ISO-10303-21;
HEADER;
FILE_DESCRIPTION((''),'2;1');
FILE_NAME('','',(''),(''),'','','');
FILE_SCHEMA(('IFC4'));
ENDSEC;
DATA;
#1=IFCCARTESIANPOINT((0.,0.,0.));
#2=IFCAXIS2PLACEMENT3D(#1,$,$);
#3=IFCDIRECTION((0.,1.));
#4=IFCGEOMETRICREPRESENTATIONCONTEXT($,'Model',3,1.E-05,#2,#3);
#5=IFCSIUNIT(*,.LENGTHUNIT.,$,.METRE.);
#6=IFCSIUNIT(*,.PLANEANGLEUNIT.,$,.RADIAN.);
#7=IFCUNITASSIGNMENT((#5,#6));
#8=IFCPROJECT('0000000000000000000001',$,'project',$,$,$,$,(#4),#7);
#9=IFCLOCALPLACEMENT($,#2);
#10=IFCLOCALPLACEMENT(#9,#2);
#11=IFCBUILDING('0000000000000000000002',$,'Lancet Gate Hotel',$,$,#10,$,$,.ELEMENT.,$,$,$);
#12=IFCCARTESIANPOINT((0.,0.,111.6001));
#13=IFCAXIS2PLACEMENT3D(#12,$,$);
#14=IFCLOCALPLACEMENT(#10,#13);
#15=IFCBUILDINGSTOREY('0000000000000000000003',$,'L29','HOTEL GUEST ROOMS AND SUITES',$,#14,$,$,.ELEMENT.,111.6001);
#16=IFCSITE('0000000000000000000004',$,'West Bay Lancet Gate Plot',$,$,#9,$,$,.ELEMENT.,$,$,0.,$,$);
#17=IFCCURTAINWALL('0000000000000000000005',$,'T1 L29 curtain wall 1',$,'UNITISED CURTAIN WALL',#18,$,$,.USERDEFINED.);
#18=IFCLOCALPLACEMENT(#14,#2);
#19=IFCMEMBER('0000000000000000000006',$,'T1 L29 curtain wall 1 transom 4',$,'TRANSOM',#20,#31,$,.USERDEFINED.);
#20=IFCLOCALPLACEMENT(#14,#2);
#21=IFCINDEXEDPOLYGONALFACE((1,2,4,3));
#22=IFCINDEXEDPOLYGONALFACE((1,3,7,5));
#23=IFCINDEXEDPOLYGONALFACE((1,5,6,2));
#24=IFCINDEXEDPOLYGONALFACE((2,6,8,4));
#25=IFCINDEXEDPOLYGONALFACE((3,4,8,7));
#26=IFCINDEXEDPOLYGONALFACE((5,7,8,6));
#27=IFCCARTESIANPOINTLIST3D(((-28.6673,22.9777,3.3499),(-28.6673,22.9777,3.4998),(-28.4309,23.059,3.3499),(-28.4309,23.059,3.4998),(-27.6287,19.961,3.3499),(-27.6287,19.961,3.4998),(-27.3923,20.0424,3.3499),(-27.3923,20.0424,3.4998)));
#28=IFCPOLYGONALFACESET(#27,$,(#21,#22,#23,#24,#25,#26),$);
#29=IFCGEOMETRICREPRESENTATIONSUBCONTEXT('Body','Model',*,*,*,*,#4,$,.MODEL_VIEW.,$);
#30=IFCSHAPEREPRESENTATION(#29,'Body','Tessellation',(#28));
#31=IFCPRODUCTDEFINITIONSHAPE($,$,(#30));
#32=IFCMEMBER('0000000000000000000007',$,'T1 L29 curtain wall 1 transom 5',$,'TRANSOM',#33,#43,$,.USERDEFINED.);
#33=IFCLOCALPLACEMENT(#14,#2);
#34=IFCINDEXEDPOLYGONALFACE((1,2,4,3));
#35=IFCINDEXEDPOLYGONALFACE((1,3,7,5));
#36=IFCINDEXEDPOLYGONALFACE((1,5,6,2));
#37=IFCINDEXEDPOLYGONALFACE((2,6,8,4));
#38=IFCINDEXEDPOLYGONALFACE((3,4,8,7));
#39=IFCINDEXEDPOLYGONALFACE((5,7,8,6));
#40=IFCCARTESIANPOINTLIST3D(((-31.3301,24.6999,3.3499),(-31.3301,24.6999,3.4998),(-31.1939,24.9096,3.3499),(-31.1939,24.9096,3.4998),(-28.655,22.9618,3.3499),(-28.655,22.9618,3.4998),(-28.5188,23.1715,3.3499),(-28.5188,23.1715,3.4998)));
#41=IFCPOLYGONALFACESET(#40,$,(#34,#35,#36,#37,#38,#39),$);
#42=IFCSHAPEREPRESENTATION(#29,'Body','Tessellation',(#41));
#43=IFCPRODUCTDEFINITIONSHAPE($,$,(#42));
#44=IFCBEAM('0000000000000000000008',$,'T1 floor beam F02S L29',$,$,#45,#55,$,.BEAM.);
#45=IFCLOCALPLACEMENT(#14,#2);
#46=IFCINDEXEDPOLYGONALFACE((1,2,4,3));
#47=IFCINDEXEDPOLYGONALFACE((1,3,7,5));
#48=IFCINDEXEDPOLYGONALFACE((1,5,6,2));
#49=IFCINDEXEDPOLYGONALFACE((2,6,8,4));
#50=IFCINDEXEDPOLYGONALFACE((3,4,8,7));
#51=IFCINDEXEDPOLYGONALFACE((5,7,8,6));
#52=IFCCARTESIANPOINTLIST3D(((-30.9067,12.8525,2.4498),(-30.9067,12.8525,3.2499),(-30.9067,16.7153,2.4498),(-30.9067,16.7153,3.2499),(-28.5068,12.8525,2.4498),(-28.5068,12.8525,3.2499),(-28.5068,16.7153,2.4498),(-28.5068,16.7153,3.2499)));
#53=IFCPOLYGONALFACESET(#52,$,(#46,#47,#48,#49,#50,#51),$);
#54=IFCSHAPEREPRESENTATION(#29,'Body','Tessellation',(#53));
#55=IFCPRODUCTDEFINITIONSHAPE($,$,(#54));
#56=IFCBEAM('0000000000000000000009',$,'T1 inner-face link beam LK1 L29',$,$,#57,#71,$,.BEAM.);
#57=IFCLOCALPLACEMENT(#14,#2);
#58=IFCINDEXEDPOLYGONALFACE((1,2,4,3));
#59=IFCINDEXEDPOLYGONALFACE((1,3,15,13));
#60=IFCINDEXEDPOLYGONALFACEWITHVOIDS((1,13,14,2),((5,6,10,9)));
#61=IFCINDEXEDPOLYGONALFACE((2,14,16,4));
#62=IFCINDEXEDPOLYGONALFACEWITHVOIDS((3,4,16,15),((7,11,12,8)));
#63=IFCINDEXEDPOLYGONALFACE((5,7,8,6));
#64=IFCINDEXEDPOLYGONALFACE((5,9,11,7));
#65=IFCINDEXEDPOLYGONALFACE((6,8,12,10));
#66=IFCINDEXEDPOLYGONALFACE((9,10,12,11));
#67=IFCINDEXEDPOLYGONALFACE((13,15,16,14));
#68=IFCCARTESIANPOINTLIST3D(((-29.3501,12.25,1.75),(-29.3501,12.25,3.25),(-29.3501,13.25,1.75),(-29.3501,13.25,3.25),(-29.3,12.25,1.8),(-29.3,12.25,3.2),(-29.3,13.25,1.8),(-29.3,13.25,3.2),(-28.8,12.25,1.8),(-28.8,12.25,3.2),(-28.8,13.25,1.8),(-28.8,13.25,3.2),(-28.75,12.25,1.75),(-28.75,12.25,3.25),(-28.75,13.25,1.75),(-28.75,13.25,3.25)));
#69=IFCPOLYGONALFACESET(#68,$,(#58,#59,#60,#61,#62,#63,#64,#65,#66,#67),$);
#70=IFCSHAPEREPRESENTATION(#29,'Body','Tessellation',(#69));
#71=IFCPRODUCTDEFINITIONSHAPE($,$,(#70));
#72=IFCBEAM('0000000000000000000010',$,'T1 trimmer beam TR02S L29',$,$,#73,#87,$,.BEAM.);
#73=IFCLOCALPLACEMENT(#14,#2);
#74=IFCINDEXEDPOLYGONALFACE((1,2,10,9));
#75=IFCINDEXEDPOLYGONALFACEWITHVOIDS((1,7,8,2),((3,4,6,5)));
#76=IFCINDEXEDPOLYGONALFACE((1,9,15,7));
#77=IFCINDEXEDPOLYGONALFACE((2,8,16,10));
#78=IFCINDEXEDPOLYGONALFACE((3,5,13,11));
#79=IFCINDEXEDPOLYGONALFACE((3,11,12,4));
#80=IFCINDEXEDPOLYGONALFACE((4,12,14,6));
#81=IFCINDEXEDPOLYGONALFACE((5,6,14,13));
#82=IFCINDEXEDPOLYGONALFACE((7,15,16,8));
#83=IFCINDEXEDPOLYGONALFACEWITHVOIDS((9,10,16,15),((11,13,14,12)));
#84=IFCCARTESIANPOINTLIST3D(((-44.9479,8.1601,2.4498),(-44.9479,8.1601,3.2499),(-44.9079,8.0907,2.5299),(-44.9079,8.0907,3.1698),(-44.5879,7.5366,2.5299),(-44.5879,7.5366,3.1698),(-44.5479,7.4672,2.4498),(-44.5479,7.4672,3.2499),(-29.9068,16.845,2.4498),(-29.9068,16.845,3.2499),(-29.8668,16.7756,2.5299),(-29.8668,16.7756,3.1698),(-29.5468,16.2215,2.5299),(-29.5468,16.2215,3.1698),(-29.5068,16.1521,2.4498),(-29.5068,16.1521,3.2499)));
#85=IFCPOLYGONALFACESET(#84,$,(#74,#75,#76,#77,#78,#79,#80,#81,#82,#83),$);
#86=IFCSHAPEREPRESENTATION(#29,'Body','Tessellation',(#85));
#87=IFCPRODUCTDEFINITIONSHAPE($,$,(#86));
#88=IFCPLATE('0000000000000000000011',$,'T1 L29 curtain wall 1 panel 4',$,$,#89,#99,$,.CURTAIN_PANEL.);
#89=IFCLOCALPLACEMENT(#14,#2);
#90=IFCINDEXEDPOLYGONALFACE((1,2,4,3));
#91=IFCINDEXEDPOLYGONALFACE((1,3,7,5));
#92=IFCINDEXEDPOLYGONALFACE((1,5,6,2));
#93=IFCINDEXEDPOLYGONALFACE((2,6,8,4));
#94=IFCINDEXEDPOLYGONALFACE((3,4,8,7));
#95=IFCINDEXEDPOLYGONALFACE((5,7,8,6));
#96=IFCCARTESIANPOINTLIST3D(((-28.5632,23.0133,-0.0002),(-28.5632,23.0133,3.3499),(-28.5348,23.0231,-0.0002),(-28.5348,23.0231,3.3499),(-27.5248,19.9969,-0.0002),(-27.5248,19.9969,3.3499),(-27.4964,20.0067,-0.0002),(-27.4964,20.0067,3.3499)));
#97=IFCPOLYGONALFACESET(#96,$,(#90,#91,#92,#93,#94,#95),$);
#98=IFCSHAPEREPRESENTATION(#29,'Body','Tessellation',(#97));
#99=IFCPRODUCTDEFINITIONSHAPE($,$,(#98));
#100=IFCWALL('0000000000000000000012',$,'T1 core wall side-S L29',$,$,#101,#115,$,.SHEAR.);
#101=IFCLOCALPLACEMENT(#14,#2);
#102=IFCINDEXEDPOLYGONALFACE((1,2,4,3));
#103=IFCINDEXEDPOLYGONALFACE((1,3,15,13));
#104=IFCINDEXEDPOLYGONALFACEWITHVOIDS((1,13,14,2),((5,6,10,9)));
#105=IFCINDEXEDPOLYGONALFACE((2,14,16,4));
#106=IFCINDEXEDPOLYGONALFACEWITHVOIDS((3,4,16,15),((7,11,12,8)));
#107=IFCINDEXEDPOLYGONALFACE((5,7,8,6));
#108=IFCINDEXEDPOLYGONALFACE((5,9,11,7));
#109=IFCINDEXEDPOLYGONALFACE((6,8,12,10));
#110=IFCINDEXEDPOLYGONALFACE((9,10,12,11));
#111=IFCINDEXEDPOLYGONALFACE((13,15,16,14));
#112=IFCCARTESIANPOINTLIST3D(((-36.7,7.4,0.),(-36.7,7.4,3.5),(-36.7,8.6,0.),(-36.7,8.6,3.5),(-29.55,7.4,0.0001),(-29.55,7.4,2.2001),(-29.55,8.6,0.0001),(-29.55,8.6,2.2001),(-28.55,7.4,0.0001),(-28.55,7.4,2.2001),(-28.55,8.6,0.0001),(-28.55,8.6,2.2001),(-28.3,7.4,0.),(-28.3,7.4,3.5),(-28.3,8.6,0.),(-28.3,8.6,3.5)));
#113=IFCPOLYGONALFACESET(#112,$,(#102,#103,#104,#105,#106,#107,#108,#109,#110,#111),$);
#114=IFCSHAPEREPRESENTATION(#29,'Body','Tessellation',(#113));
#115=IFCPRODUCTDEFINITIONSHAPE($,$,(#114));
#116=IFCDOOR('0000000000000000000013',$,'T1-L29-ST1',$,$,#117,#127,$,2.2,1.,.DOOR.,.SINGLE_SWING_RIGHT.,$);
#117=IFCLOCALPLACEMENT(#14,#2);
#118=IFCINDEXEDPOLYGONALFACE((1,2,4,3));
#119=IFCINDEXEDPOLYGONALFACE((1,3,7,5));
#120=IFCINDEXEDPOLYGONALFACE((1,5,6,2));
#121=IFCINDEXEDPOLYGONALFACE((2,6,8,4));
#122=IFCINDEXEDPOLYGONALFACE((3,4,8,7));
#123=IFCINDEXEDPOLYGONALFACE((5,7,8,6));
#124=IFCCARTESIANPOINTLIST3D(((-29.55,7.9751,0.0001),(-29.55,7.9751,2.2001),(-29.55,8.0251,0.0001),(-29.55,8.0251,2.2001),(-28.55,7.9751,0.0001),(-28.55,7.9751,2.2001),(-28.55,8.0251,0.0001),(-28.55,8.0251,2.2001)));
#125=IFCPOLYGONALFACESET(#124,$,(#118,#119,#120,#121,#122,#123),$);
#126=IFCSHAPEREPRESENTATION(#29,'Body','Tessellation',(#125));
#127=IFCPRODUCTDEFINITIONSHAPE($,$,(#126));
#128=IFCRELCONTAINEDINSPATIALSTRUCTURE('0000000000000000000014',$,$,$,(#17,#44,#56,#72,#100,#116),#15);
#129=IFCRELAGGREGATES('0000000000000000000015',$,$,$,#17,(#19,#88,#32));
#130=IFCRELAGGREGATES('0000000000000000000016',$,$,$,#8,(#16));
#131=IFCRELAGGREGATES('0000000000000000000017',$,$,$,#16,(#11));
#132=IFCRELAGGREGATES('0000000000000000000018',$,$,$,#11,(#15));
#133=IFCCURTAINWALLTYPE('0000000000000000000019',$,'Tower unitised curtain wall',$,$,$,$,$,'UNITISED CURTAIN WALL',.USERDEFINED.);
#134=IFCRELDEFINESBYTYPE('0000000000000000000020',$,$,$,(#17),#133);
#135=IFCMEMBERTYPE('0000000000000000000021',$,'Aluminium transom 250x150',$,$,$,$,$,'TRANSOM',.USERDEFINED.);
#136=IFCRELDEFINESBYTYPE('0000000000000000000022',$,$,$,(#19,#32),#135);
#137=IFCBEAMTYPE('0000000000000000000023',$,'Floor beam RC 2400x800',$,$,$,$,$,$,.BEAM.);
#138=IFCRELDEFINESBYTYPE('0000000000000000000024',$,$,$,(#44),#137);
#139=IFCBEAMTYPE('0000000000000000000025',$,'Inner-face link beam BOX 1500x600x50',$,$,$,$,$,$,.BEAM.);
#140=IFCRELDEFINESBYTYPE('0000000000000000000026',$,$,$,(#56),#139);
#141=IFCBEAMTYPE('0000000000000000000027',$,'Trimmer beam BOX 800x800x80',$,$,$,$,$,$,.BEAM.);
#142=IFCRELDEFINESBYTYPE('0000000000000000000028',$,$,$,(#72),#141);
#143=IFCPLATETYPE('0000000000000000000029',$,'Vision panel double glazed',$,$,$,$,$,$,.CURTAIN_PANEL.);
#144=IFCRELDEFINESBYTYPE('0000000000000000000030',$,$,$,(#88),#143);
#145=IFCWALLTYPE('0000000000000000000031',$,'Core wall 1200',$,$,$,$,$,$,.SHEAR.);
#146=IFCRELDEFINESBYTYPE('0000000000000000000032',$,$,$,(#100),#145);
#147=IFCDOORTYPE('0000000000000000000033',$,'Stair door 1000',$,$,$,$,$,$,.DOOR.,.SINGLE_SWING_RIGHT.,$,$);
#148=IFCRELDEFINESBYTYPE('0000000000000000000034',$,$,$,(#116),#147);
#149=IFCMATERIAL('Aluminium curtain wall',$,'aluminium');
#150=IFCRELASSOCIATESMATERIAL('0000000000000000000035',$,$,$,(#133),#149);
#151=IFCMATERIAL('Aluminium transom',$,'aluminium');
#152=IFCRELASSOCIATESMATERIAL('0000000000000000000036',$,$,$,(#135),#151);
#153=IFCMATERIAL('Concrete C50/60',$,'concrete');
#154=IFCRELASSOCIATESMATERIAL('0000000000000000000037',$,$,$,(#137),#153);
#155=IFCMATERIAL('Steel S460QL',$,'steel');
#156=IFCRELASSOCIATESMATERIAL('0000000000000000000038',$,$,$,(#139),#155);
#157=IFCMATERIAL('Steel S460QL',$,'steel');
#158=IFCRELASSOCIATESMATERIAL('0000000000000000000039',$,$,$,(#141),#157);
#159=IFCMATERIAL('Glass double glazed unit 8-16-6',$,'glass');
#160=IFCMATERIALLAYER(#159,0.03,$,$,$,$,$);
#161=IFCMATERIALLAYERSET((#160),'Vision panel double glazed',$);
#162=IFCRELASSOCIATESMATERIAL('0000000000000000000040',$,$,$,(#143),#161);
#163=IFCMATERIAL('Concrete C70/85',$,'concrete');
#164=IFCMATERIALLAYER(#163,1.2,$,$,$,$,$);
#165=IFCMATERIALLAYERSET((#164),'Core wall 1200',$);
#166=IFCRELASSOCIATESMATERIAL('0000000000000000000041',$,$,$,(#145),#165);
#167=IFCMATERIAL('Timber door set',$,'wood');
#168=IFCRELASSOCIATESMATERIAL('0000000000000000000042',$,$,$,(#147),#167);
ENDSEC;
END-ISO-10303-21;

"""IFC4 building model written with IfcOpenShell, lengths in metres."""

from ifc_helpers import new_model, si_unit, direction, frame, frame_2d, origin, origin_2d, place, context, subcontext, project, spatial, rectangle, hollow_rectangle, extrude, material, layer, layer_set, material_profile, profile_set, type_object, element, fill, aggregate, save


model = new_model("IFC4")

# Units and contexts
model_context = context("Model", 3, precision=1e-05, world=origin(), true_north=direction((0.0, 1.0)))
body_context = subcontext(model_context, "Body", "Model", "MODEL_VIEW")
ifc_project = project(units=[si_unit("LENGTHUNIT", "METRE"), si_unit("PLANEANGLEUNIT", "RADIAN")], contexts=[model_context])

# Site, building, storey
site_placement = place(None, origin())
site = spatial("IfcSite", under=ifc_project, at=site_placement, Name="West Bay Lancet Gate Plot", CompositionType="ELEMENT", RefElevation=0.0)
building_placement = place(site_placement, origin())
building = spatial("IfcBuilding", under=site, at=building_placement, Name="Lancet Gate Hotel", CompositionType="ELEMENT")
storey_placement = place(building_placement, frame((0.0, 0.0, 111.6001)))
storey = spatial("IfcBuildingStorey", under=building, at=storey_placement, Name="L29", Description="HOTEL GUEST ROOMS AND SUITES", CompositionType="ELEMENT", Elevation=111.6001)

# Curtain wall, members
ifc_material_1 = material(Name="Aluminium curtain wall", Category="aluminium")
curtain_wall_type = type_object("IfcCurtainWallType", Name="Tower unitised curtain wall", ElementType="UNITISED CURTAIN WALL", PredefinedType="USERDEFINED", material=ifc_material_1)
curtain_wall_placement = place(storey_placement, origin())
curtain_wall = element("IfcCurtainWall", 1, at=curtain_wall_placement, inside=storey, type_object=curtain_wall_type, Name="T1 L29 curtain wall 1", ObjectType="UNITISED CURTAIN WALL", PredefinedType="USERDEFINED")
ifc_material_2 = material(Name="Aluminium transom", Category="aluminium")
ifc_material_profile_1 = material_profile(ifc_material_2, rectangle(XDim=0.25, YDim=0.1499, at=origin_2d()), Name="TRANSOM 250x150")
ifc_profile_set_1 = profile_set([ifc_material_profile_1], Name="Aluminium transom")
member_type_1 = type_object("IfcMemberType", Name="Aluminium transom 250x150", ElementType="TRANSOM", PredefinedType="USERDEFINED", material=ifc_profile_set_1)
member_1_placement = place(storey_placement, frame((-27.5105, 20.0017, 3.4248), z_axis=(-0.325533, 0.945531, 0.0), x_axis=(-0.945531, -0.325533, 0.0)))
member_1 = element("IfcMember", 2, at=member_1_placement, type_object=member_type_1, Name="T1 L29 curtain wall 1 transom 4", ObjectType="TRANSOM", PredefinedType="USERDEFINED", context=body_context, shape_type="SweptSolid", body=[
    extrude(rectangle(XDim=0.25, YDim=0.1499, at=origin_2d()), origin(), (0.0, 0.0, 1.0), 3.1904),
])
member_2_placement = place(storey_placement, frame((-28.5869, 23.0667, 3.4248), z_axis=(-0.83855, 0.544824, 0.0), x_axis=(-0.544824, -0.83855, 0.0)))
member_2 = element("IfcMember", 3, at=member_2_placement, type_object=member_type_1, Name="T1 L29 curtain wall 1 transom 5", ObjectType="TRANSOM", PredefinedType="USERDEFINED", context=body_context, shape_type="SweptSolid", body=[
    extrude(rectangle(XDim=0.25, YDim=0.1499, at=origin_2d()), origin(), (0.0, 0.0, 1.0), 3.1902),
])

# Beams
ifc_material_3 = material(Name="Concrete C50/60", Category="concrete")
ifc_material_profile_2 = material_profile(ifc_material_3, rectangle(XDim=2.3999, YDim=0.8, at=origin_2d()), Name="RC 2400x800")
ifc_profile_set_2 = profile_set([ifc_material_profile_2], Name="Concrete C50/60")
beam_type_1 = type_object("IfcBeamType", Name="Floor beam RC 2400x800", PredefinedType="BEAM", material=ifc_profile_set_2)
beam_1_placement = place(storey_placement, frame((-29.7068, 16.7153, 2.8499), z_axis=(0.0, -1.0, 0.0), x_axis=(1.0, 0.0, 0.0)))
element("IfcBeam", 4, at=beam_1_placement, inside=storey, type_object=beam_type_1, Name="T1 floor beam F02S L29", PredefinedType="BEAM", context=body_context, shape_type="SweptSolid", body=[
    extrude(rectangle(XDim=2.3999, YDim=0.8, at=origin_2d()), origin(), (0.0, 0.0, 1.0), 3.8628),
])
ifc_material_4 = material(Name="Steel S460QL", Category="steel")
ifc_material_profile_3 = material_profile(ifc_material_4, hollow_rectangle(XDim=0.6001, YDim=1.5, WallThickness=0.05, at=origin_2d()), Name="BOX 1500x600x50")
ifc_profile_set_3 = profile_set([ifc_material_profile_3], Name="Steel S460QL")
beam_type_2 = type_object("IfcBeamType", Name="Inner-face link beam BOX 1500x600x50", PredefinedType="BEAM", material=ifc_profile_set_3)
beam_2_placement = place(storey_placement, frame((-29.05, 13.25, 2.5), z_axis=(0.0, -1.0, 0.0), x_axis=(1.0, 0.0, 0.0)))
element("IfcBeam", 5, at=beam_2_placement, inside=storey, type_object=beam_type_2, Name="T1 inner-face link beam LK1 L29", PredefinedType="BEAM", context=body_context, shape_type="SweptSolid", body=[
    extrude(hollow_rectangle(XDim=0.6001, YDim=1.5, WallThickness=0.05, at=origin_2d()), origin(), (0.0, 0.0, 1.0), 1.0),
])
ifc_material_5 = material(Name="Steel S460QL", Category="steel")
ifc_material_profile_4 = material_profile(ifc_material_5, hollow_rectangle(XDim=0.8, YDim=0.8, WallThickness=0.0801, at=origin_2d()), Name="BOX 800x800x80")
ifc_profile_set_4 = profile_set([ifc_material_profile_4], Name="Steel S460QL")
beam_type_3 = type_object("IfcBeamType", Name="Trimmer beam BOX 800x800x80", PredefinedType="BEAM", material=ifc_profile_set_4)
beam_3_placement = place(storey_placement, frame((-29.7068, 16.4985, 2.8499), z_axis=(-0.866003, -0.500038, 0.0), x_axis=(0.500038, -0.866003, 0.0)))
element("IfcBeam", 6, at=beam_3_placement, inside=storey, type_object=beam_type_3, Name="T1 trimmer beam TR02S L29", PredefinedType="BEAM", context=body_context, shape_type="SweptSolid", body=[
    extrude(hollow_rectangle(XDim=0.8, YDim=0.8, WallThickness=0.0801, at=origin_2d()), origin(), (0.0, 0.0, 1.0), 17.3684),
])

# Plate
ifc_material_6 = material(Name="Glass double glazed unit 8-16-6", Category="glass")
ifc_layer_1 = layer(ifc_material_6, 0.03)
ifc_layer_set_1 = layer_set([ifc_layer_1], Name="Vision panel double glazed")
plate_type = type_object("IfcPlateType", Name="Vision panel double glazed", PredefinedType="CURTAIN_PANEL", material=ifc_layer_set_1)
plate_placement = place(storey_placement, frame((-28.0298, 21.51, -0.0002), z_axis=(0.0, 0.0, 1.0), x_axis=(-0.325516, 0.945537, 0.0)))
plate = element("IfcPlate", 7, at=plate_placement, type_object=plate_type, Name="T1 L29 curtain wall 1 panel 4", PredefinedType="CURTAIN_PANEL", context=body_context, shape_type="SweptSolid", body=[
    extrude(rectangle(XDim=3.1902, YDim=0.03, at=origin_2d()), origin(), (0.0, 0.0, 1.0), 3.3501),
])
aggregate(curtain_wall, [member_1, plate, member_2])

# Wall, opening, door
ifc_material_7 = material(Name="Concrete C70/85", Category="concrete")
ifc_layer_2 = layer(ifc_material_7, 1.2)
ifc_layer_set_2 = layer_set([ifc_layer_2], Name="Core wall 1200")
wall_type_1 = type_object("IfcWallType", Name="Core wall 1200", PredefinedType="SHEAR", material=ifc_layer_set_2)
wall_1_placement = place(storey_placement, frame((-28.3, 8.0, 0.0), z_axis=(0.0, 0.0, 1.0), x_axis=(-1.0, 0.0, 0.0)))
wall_1 = element("IfcWall", 8, at=wall_1_placement, inside=storey, type_object=wall_type_1, Name="T1 core wall side-S L29", PredefinedType="SHEAR", context=body_context, shape_type="SweptSolid", body=[
    extrude(rectangle(XDim=8.3999, YDim=1.2, at=frame_2d((4.2, 0.0))), origin(), (0.0, 0.0, 1.0), 3.5),
])
opening_1_placement = place(wall_1_placement, frame((0.25, 0.0, 0.0)))
opening_1 = element("IfcOpeningElement", 9, at=opening_1_placement, cuts=wall_1, PredefinedType="OPENING", context=body_context, shape_type="SweptSolid", body=[
    extrude(rectangle(XDim=1.0, YDim=2.2, at=frame_2d((0.5, 1.1001))), frame((0.0, 0.6099, 0.0), z_axis=(0.0, -1.0, 0.0), x_axis=(1.0, 0.0, 0.0)), (0.0, 0.0, 1.0), 1.22),
])
ifc_material_8 = material(Name="Timber door set", Category="wood")
door_type = type_object("IfcDoorType", Name="Stair door 1000", OperationType="SINGLE_SWING_RIGHT", PredefinedType="DOOR", material=ifc_material_8)
door_placement = place(opening_1_placement, origin())
door = element("IfcDoor", 10, at=door_placement, inside=storey, type_object=door_type, Name="T1-L29-ST1", OperationType="SINGLE_SWING_RIGHT", OverallHeight=2.2, OverallWidth=1.0, PredefinedType="DOOR", context=body_context, shape_type="SweptSolid", body=[
    extrude(rectangle(XDim=1.0, YDim=2.2, at=frame_2d((0.5, 1.1001))), frame((0.0, 0.0249, 0.0), z_axis=(0.0, -1.0, 0.0), x_axis=(1.0, 0.0, 0.0)), (0.0, 0.0, 1.0), 0.05),
])
fill(opening_1, door)

save(model, "model.ifc")
